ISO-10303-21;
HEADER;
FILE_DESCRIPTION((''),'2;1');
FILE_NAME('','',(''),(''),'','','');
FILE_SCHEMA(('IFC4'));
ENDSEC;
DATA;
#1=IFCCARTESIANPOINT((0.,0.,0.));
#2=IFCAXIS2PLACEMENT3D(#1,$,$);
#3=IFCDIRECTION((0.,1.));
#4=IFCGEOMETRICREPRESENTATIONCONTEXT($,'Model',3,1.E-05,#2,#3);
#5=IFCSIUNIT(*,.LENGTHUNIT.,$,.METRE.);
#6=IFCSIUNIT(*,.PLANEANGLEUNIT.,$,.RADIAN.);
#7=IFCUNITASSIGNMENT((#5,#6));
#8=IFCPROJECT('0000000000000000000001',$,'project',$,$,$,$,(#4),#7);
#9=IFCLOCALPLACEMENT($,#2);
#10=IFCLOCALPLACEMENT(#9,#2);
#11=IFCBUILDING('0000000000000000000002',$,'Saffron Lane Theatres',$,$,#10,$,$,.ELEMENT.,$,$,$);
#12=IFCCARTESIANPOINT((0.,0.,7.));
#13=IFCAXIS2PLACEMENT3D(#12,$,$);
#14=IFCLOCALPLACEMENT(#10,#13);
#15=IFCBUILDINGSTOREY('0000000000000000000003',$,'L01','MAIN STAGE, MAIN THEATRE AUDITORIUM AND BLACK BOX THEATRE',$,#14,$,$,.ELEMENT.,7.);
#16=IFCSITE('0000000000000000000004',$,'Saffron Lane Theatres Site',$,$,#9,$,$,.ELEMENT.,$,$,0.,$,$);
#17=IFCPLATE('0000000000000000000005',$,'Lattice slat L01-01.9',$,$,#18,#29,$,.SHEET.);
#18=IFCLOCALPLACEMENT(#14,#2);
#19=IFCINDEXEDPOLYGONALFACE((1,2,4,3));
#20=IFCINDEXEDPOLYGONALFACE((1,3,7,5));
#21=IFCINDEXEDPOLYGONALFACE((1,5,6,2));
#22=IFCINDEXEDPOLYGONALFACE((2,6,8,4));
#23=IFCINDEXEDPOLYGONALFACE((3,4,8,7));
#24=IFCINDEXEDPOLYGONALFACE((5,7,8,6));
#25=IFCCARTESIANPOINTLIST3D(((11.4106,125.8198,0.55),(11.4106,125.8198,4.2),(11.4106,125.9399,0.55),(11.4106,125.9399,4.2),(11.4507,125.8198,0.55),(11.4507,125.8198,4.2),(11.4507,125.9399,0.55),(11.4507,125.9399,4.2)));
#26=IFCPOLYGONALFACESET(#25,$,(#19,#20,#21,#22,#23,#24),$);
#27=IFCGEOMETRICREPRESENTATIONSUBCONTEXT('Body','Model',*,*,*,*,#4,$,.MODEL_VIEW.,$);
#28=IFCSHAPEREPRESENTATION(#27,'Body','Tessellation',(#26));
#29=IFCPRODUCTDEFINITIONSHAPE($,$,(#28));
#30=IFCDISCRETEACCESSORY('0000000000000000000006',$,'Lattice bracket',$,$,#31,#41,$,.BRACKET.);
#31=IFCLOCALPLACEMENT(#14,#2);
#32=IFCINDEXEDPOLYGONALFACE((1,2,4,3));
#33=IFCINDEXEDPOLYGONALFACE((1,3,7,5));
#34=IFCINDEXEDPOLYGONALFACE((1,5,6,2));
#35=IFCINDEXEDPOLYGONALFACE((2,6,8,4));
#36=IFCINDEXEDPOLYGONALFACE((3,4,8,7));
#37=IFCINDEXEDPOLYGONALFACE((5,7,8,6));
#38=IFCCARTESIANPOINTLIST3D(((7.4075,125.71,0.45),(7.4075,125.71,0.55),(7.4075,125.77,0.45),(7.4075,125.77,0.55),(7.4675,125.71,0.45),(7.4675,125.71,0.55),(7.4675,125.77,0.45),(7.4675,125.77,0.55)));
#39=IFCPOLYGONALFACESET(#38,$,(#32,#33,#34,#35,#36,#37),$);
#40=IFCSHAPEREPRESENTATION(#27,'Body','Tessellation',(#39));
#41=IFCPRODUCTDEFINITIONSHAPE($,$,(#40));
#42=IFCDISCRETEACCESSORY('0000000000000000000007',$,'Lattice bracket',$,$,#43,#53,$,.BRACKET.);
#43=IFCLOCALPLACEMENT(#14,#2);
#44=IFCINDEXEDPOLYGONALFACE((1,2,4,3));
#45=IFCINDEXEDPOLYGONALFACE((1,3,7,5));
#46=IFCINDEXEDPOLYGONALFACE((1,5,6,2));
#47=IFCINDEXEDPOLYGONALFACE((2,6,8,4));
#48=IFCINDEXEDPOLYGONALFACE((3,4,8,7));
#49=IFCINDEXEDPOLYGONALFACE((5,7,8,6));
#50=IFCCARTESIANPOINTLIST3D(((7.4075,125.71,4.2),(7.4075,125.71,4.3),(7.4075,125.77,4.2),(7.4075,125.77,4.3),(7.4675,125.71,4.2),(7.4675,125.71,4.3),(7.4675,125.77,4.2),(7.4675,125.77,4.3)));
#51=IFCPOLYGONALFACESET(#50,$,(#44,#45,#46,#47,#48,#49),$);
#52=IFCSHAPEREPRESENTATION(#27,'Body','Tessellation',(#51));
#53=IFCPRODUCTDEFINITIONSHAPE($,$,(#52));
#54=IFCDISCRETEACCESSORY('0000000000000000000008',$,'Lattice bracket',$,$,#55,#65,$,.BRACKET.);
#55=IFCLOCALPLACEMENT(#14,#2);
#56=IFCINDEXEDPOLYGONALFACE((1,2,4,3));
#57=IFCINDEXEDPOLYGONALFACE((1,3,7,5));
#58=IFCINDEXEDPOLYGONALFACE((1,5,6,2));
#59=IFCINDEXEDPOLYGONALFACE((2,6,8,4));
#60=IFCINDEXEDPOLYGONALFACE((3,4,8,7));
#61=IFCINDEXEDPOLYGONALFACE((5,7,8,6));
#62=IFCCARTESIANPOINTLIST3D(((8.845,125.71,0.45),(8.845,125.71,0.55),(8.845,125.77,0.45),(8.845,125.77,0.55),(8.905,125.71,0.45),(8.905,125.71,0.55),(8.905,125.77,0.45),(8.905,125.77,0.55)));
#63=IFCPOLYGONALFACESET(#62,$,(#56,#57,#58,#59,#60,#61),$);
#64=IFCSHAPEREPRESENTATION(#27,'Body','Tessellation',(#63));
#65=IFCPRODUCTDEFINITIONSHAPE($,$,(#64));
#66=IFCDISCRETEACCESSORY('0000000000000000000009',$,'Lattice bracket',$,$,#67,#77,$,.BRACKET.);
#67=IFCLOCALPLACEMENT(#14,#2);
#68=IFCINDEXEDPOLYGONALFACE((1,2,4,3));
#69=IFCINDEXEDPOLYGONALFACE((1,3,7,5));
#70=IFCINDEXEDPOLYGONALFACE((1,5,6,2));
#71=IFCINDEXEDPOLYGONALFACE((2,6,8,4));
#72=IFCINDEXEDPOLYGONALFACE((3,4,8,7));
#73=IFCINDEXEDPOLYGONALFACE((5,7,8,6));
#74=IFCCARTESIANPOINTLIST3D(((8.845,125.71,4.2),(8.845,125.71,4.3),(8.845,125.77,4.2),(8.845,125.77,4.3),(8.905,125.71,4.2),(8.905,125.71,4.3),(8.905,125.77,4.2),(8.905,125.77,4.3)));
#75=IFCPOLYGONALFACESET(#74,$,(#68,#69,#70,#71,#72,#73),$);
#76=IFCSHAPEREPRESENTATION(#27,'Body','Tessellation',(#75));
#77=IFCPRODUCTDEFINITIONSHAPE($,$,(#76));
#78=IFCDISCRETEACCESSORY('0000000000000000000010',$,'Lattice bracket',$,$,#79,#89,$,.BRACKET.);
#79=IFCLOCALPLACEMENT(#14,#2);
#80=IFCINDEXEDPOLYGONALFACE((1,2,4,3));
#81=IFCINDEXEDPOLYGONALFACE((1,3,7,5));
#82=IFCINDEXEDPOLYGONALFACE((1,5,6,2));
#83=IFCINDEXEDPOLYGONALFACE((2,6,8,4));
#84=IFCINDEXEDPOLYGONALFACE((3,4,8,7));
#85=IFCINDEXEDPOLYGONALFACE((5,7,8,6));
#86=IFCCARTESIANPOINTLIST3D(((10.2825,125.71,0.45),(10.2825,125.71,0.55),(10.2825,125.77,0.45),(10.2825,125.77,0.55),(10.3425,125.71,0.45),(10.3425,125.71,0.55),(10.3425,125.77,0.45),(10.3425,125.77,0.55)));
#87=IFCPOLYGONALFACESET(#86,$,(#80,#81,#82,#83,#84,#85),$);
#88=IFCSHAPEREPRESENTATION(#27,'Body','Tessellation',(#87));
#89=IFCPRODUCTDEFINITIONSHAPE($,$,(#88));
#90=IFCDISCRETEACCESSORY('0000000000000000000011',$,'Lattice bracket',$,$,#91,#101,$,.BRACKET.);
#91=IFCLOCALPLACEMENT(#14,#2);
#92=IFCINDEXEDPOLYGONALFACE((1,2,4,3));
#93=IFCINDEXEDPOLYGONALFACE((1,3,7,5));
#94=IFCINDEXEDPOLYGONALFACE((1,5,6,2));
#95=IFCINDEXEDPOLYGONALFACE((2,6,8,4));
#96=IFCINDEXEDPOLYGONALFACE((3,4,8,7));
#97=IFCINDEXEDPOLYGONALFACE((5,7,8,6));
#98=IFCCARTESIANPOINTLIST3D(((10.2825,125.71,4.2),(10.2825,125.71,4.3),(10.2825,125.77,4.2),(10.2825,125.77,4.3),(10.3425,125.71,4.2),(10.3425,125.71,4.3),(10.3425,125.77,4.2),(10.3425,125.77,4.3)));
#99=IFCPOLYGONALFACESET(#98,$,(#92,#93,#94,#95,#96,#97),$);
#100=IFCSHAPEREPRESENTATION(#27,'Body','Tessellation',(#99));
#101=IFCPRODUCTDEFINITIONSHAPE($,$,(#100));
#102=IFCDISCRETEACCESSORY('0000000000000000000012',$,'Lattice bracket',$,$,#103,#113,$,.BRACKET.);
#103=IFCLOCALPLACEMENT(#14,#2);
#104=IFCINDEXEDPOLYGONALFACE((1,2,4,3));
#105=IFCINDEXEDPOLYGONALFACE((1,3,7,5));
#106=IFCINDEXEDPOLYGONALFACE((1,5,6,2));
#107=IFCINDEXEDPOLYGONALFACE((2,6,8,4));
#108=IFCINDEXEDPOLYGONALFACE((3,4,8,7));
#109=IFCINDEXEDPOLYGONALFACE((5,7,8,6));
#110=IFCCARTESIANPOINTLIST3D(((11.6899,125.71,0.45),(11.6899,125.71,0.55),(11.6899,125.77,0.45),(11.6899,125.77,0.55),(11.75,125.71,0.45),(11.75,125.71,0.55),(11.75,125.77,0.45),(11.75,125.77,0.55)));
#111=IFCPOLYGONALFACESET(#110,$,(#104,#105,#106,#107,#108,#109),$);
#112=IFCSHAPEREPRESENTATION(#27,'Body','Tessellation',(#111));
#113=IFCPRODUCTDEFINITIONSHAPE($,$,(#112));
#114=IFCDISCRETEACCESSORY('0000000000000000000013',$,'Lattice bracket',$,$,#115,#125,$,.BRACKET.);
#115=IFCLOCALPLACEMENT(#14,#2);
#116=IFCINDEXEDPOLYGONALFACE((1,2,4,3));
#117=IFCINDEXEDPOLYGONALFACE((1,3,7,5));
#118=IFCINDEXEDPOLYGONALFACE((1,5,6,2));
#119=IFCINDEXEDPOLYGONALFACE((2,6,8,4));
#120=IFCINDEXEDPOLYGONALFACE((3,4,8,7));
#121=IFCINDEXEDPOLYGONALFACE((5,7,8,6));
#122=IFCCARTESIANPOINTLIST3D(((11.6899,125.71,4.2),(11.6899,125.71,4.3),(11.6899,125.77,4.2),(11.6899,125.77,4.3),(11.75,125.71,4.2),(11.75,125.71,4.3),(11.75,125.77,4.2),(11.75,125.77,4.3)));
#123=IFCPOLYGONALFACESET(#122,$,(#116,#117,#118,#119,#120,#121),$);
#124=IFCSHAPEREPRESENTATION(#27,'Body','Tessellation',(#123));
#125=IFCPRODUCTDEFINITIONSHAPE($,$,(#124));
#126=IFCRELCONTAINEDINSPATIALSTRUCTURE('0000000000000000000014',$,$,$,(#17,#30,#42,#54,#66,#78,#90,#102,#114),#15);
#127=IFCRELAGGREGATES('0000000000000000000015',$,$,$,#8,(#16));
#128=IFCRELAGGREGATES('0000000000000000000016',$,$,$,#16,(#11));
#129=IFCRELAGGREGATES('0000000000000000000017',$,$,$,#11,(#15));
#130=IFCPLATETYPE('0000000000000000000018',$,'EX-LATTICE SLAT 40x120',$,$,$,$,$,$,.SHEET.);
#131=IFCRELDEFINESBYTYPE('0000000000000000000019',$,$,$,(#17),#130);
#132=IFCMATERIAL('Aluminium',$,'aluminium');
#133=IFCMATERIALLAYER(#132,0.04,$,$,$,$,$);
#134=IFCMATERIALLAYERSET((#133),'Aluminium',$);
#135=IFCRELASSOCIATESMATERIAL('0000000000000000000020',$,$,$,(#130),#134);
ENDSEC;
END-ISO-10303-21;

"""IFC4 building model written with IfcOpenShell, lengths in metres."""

from ifc_helpers import new_model, si_unit, direction, frame, origin, origin_2d, place, context, subcontext, project, spatial, rectangle, extrude, material, layer, layer_set, type_object, element, save


model = new_model("IFC4")

# Units and contexts
model_context = context("Model", 3, precision=1e-05, world=origin(), true_north=direction((0.0, 1.0)))
body_context = subcontext(model_context, "Body", "Model", "MODEL_VIEW")
ifc_project = project(units=[si_unit("LENGTHUNIT", "METRE"), si_unit("PLANEANGLEUNIT", "RADIAN")], contexts=[model_context])

# Site, building, storey
site_placement = place(None, origin())
site = spatial("IfcSite", under=ifc_project, at=site_placement, Name="Saffron Lane Theatres Site", CompositionType="ELEMENT", RefElevation=0.0)
building_placement = place(site_placement, origin())
building = spatial("IfcBuilding", under=site, at=building_placement, Name="Saffron Lane Theatres", CompositionType="ELEMENT")
storey_placement = place(building_placement, frame((0.0, 0.0, 7.0)))
storey = spatial("IfcBuildingStorey", under=building, at=storey_placement, Name="L01", Description="MAIN STAGE, MAIN THEATRE AUDITORIUM AND BLACK BOX THEATRE", CompositionType="ELEMENT", Elevation=7.0)

# Plate
ifc_material_1 = material(Name="Aluminium", Category="aluminium")
ifc_layer_1 = layer(ifc_material_1, 0.04)
ifc_layer_set_1 = layer_set([ifc_layer_1], Name="Aluminium")
plate_type_1 = type_object("IfcPlateType", Name="EX-LATTICE SLAT 40x120", PredefinedType="SHEET", material=ifc_layer_set_1)
for number, where, z_axis, x_axis, name in (
    (1, (11.4307, 125.8799, 0.55), (0.0, 0.0, 1.0), (1.0, 0.0, 0.0), "Lattice slat L01-01.9"),
):
    element("IfcPlate", number, at=place(storey_placement, frame(where, z_axis=z_axis, x_axis=x_axis)), inside=storey, type_object=plate_type_1, Name=name, PredefinedType="SHEET", context=body_context, shape_type="SweptSolid", body=[
        extrude(rectangle(XDim=0.04, YDim=0.1201, at=origin_2d()), origin(), (0.0, 0.0, 1.0), 3.6499),
    ])

# Discrete accessories
for number, where, z_axis, x_axis, name in (
    (2, (7.4375, 125.74, 0.45), (0.0, 0.0, 1.0), (1.0, 0.0, 0.0), "Lattice bracket"),
    (3, (7.4375, 125.74, 4.2), (0.0, 0.0, 1.0), (1.0, 0.0, 0.0), "Lattice bracket"),
    (4, (8.875, 125.74, 0.45), (0.0, 0.0, 1.0), (1.0, 0.0, 0.0), "Lattice bracket"),
    (5, (8.875, 125.74, 4.2), (0.0, 0.0, 1.0), (1.0, 0.0, 0.0), "Lattice bracket"),
    (6, (10.3125, 125.74, 0.45), (0.0, 0.0, 1.0), (1.0, 0.0, 0.0), "Lattice bracket"),
    (7, (10.3125, 125.74, 4.2), (0.0, 0.0, 1.0), (1.0, 0.0, 0.0), "Lattice bracket"),
    (8, (11.72, 125.74, 0.45), (0.0, 0.0, 1.0), (1.0, 0.0, 0.0), "Lattice bracket"),
    (9, (11.72, 125.74, 4.2), (0.0, 0.0, 1.0), (1.0, 0.0, 0.0), "Lattice bracket"),
):
    element("IfcDiscreteAccessory", number, at=place(storey_placement, frame(where, z_axis=z_axis, x_axis=x_axis)), inside=storey, Name=name, PredefinedType="BRACKET", context=body_context, shape_type="SweptSolid", body=[
        extrude(rectangle(XDim=0.0601, YDim=0.0601, at=origin_2d()), origin(), (0.0, 0.0, 1.0), 0.1001),
    ])

save(model, "model.ifc")
